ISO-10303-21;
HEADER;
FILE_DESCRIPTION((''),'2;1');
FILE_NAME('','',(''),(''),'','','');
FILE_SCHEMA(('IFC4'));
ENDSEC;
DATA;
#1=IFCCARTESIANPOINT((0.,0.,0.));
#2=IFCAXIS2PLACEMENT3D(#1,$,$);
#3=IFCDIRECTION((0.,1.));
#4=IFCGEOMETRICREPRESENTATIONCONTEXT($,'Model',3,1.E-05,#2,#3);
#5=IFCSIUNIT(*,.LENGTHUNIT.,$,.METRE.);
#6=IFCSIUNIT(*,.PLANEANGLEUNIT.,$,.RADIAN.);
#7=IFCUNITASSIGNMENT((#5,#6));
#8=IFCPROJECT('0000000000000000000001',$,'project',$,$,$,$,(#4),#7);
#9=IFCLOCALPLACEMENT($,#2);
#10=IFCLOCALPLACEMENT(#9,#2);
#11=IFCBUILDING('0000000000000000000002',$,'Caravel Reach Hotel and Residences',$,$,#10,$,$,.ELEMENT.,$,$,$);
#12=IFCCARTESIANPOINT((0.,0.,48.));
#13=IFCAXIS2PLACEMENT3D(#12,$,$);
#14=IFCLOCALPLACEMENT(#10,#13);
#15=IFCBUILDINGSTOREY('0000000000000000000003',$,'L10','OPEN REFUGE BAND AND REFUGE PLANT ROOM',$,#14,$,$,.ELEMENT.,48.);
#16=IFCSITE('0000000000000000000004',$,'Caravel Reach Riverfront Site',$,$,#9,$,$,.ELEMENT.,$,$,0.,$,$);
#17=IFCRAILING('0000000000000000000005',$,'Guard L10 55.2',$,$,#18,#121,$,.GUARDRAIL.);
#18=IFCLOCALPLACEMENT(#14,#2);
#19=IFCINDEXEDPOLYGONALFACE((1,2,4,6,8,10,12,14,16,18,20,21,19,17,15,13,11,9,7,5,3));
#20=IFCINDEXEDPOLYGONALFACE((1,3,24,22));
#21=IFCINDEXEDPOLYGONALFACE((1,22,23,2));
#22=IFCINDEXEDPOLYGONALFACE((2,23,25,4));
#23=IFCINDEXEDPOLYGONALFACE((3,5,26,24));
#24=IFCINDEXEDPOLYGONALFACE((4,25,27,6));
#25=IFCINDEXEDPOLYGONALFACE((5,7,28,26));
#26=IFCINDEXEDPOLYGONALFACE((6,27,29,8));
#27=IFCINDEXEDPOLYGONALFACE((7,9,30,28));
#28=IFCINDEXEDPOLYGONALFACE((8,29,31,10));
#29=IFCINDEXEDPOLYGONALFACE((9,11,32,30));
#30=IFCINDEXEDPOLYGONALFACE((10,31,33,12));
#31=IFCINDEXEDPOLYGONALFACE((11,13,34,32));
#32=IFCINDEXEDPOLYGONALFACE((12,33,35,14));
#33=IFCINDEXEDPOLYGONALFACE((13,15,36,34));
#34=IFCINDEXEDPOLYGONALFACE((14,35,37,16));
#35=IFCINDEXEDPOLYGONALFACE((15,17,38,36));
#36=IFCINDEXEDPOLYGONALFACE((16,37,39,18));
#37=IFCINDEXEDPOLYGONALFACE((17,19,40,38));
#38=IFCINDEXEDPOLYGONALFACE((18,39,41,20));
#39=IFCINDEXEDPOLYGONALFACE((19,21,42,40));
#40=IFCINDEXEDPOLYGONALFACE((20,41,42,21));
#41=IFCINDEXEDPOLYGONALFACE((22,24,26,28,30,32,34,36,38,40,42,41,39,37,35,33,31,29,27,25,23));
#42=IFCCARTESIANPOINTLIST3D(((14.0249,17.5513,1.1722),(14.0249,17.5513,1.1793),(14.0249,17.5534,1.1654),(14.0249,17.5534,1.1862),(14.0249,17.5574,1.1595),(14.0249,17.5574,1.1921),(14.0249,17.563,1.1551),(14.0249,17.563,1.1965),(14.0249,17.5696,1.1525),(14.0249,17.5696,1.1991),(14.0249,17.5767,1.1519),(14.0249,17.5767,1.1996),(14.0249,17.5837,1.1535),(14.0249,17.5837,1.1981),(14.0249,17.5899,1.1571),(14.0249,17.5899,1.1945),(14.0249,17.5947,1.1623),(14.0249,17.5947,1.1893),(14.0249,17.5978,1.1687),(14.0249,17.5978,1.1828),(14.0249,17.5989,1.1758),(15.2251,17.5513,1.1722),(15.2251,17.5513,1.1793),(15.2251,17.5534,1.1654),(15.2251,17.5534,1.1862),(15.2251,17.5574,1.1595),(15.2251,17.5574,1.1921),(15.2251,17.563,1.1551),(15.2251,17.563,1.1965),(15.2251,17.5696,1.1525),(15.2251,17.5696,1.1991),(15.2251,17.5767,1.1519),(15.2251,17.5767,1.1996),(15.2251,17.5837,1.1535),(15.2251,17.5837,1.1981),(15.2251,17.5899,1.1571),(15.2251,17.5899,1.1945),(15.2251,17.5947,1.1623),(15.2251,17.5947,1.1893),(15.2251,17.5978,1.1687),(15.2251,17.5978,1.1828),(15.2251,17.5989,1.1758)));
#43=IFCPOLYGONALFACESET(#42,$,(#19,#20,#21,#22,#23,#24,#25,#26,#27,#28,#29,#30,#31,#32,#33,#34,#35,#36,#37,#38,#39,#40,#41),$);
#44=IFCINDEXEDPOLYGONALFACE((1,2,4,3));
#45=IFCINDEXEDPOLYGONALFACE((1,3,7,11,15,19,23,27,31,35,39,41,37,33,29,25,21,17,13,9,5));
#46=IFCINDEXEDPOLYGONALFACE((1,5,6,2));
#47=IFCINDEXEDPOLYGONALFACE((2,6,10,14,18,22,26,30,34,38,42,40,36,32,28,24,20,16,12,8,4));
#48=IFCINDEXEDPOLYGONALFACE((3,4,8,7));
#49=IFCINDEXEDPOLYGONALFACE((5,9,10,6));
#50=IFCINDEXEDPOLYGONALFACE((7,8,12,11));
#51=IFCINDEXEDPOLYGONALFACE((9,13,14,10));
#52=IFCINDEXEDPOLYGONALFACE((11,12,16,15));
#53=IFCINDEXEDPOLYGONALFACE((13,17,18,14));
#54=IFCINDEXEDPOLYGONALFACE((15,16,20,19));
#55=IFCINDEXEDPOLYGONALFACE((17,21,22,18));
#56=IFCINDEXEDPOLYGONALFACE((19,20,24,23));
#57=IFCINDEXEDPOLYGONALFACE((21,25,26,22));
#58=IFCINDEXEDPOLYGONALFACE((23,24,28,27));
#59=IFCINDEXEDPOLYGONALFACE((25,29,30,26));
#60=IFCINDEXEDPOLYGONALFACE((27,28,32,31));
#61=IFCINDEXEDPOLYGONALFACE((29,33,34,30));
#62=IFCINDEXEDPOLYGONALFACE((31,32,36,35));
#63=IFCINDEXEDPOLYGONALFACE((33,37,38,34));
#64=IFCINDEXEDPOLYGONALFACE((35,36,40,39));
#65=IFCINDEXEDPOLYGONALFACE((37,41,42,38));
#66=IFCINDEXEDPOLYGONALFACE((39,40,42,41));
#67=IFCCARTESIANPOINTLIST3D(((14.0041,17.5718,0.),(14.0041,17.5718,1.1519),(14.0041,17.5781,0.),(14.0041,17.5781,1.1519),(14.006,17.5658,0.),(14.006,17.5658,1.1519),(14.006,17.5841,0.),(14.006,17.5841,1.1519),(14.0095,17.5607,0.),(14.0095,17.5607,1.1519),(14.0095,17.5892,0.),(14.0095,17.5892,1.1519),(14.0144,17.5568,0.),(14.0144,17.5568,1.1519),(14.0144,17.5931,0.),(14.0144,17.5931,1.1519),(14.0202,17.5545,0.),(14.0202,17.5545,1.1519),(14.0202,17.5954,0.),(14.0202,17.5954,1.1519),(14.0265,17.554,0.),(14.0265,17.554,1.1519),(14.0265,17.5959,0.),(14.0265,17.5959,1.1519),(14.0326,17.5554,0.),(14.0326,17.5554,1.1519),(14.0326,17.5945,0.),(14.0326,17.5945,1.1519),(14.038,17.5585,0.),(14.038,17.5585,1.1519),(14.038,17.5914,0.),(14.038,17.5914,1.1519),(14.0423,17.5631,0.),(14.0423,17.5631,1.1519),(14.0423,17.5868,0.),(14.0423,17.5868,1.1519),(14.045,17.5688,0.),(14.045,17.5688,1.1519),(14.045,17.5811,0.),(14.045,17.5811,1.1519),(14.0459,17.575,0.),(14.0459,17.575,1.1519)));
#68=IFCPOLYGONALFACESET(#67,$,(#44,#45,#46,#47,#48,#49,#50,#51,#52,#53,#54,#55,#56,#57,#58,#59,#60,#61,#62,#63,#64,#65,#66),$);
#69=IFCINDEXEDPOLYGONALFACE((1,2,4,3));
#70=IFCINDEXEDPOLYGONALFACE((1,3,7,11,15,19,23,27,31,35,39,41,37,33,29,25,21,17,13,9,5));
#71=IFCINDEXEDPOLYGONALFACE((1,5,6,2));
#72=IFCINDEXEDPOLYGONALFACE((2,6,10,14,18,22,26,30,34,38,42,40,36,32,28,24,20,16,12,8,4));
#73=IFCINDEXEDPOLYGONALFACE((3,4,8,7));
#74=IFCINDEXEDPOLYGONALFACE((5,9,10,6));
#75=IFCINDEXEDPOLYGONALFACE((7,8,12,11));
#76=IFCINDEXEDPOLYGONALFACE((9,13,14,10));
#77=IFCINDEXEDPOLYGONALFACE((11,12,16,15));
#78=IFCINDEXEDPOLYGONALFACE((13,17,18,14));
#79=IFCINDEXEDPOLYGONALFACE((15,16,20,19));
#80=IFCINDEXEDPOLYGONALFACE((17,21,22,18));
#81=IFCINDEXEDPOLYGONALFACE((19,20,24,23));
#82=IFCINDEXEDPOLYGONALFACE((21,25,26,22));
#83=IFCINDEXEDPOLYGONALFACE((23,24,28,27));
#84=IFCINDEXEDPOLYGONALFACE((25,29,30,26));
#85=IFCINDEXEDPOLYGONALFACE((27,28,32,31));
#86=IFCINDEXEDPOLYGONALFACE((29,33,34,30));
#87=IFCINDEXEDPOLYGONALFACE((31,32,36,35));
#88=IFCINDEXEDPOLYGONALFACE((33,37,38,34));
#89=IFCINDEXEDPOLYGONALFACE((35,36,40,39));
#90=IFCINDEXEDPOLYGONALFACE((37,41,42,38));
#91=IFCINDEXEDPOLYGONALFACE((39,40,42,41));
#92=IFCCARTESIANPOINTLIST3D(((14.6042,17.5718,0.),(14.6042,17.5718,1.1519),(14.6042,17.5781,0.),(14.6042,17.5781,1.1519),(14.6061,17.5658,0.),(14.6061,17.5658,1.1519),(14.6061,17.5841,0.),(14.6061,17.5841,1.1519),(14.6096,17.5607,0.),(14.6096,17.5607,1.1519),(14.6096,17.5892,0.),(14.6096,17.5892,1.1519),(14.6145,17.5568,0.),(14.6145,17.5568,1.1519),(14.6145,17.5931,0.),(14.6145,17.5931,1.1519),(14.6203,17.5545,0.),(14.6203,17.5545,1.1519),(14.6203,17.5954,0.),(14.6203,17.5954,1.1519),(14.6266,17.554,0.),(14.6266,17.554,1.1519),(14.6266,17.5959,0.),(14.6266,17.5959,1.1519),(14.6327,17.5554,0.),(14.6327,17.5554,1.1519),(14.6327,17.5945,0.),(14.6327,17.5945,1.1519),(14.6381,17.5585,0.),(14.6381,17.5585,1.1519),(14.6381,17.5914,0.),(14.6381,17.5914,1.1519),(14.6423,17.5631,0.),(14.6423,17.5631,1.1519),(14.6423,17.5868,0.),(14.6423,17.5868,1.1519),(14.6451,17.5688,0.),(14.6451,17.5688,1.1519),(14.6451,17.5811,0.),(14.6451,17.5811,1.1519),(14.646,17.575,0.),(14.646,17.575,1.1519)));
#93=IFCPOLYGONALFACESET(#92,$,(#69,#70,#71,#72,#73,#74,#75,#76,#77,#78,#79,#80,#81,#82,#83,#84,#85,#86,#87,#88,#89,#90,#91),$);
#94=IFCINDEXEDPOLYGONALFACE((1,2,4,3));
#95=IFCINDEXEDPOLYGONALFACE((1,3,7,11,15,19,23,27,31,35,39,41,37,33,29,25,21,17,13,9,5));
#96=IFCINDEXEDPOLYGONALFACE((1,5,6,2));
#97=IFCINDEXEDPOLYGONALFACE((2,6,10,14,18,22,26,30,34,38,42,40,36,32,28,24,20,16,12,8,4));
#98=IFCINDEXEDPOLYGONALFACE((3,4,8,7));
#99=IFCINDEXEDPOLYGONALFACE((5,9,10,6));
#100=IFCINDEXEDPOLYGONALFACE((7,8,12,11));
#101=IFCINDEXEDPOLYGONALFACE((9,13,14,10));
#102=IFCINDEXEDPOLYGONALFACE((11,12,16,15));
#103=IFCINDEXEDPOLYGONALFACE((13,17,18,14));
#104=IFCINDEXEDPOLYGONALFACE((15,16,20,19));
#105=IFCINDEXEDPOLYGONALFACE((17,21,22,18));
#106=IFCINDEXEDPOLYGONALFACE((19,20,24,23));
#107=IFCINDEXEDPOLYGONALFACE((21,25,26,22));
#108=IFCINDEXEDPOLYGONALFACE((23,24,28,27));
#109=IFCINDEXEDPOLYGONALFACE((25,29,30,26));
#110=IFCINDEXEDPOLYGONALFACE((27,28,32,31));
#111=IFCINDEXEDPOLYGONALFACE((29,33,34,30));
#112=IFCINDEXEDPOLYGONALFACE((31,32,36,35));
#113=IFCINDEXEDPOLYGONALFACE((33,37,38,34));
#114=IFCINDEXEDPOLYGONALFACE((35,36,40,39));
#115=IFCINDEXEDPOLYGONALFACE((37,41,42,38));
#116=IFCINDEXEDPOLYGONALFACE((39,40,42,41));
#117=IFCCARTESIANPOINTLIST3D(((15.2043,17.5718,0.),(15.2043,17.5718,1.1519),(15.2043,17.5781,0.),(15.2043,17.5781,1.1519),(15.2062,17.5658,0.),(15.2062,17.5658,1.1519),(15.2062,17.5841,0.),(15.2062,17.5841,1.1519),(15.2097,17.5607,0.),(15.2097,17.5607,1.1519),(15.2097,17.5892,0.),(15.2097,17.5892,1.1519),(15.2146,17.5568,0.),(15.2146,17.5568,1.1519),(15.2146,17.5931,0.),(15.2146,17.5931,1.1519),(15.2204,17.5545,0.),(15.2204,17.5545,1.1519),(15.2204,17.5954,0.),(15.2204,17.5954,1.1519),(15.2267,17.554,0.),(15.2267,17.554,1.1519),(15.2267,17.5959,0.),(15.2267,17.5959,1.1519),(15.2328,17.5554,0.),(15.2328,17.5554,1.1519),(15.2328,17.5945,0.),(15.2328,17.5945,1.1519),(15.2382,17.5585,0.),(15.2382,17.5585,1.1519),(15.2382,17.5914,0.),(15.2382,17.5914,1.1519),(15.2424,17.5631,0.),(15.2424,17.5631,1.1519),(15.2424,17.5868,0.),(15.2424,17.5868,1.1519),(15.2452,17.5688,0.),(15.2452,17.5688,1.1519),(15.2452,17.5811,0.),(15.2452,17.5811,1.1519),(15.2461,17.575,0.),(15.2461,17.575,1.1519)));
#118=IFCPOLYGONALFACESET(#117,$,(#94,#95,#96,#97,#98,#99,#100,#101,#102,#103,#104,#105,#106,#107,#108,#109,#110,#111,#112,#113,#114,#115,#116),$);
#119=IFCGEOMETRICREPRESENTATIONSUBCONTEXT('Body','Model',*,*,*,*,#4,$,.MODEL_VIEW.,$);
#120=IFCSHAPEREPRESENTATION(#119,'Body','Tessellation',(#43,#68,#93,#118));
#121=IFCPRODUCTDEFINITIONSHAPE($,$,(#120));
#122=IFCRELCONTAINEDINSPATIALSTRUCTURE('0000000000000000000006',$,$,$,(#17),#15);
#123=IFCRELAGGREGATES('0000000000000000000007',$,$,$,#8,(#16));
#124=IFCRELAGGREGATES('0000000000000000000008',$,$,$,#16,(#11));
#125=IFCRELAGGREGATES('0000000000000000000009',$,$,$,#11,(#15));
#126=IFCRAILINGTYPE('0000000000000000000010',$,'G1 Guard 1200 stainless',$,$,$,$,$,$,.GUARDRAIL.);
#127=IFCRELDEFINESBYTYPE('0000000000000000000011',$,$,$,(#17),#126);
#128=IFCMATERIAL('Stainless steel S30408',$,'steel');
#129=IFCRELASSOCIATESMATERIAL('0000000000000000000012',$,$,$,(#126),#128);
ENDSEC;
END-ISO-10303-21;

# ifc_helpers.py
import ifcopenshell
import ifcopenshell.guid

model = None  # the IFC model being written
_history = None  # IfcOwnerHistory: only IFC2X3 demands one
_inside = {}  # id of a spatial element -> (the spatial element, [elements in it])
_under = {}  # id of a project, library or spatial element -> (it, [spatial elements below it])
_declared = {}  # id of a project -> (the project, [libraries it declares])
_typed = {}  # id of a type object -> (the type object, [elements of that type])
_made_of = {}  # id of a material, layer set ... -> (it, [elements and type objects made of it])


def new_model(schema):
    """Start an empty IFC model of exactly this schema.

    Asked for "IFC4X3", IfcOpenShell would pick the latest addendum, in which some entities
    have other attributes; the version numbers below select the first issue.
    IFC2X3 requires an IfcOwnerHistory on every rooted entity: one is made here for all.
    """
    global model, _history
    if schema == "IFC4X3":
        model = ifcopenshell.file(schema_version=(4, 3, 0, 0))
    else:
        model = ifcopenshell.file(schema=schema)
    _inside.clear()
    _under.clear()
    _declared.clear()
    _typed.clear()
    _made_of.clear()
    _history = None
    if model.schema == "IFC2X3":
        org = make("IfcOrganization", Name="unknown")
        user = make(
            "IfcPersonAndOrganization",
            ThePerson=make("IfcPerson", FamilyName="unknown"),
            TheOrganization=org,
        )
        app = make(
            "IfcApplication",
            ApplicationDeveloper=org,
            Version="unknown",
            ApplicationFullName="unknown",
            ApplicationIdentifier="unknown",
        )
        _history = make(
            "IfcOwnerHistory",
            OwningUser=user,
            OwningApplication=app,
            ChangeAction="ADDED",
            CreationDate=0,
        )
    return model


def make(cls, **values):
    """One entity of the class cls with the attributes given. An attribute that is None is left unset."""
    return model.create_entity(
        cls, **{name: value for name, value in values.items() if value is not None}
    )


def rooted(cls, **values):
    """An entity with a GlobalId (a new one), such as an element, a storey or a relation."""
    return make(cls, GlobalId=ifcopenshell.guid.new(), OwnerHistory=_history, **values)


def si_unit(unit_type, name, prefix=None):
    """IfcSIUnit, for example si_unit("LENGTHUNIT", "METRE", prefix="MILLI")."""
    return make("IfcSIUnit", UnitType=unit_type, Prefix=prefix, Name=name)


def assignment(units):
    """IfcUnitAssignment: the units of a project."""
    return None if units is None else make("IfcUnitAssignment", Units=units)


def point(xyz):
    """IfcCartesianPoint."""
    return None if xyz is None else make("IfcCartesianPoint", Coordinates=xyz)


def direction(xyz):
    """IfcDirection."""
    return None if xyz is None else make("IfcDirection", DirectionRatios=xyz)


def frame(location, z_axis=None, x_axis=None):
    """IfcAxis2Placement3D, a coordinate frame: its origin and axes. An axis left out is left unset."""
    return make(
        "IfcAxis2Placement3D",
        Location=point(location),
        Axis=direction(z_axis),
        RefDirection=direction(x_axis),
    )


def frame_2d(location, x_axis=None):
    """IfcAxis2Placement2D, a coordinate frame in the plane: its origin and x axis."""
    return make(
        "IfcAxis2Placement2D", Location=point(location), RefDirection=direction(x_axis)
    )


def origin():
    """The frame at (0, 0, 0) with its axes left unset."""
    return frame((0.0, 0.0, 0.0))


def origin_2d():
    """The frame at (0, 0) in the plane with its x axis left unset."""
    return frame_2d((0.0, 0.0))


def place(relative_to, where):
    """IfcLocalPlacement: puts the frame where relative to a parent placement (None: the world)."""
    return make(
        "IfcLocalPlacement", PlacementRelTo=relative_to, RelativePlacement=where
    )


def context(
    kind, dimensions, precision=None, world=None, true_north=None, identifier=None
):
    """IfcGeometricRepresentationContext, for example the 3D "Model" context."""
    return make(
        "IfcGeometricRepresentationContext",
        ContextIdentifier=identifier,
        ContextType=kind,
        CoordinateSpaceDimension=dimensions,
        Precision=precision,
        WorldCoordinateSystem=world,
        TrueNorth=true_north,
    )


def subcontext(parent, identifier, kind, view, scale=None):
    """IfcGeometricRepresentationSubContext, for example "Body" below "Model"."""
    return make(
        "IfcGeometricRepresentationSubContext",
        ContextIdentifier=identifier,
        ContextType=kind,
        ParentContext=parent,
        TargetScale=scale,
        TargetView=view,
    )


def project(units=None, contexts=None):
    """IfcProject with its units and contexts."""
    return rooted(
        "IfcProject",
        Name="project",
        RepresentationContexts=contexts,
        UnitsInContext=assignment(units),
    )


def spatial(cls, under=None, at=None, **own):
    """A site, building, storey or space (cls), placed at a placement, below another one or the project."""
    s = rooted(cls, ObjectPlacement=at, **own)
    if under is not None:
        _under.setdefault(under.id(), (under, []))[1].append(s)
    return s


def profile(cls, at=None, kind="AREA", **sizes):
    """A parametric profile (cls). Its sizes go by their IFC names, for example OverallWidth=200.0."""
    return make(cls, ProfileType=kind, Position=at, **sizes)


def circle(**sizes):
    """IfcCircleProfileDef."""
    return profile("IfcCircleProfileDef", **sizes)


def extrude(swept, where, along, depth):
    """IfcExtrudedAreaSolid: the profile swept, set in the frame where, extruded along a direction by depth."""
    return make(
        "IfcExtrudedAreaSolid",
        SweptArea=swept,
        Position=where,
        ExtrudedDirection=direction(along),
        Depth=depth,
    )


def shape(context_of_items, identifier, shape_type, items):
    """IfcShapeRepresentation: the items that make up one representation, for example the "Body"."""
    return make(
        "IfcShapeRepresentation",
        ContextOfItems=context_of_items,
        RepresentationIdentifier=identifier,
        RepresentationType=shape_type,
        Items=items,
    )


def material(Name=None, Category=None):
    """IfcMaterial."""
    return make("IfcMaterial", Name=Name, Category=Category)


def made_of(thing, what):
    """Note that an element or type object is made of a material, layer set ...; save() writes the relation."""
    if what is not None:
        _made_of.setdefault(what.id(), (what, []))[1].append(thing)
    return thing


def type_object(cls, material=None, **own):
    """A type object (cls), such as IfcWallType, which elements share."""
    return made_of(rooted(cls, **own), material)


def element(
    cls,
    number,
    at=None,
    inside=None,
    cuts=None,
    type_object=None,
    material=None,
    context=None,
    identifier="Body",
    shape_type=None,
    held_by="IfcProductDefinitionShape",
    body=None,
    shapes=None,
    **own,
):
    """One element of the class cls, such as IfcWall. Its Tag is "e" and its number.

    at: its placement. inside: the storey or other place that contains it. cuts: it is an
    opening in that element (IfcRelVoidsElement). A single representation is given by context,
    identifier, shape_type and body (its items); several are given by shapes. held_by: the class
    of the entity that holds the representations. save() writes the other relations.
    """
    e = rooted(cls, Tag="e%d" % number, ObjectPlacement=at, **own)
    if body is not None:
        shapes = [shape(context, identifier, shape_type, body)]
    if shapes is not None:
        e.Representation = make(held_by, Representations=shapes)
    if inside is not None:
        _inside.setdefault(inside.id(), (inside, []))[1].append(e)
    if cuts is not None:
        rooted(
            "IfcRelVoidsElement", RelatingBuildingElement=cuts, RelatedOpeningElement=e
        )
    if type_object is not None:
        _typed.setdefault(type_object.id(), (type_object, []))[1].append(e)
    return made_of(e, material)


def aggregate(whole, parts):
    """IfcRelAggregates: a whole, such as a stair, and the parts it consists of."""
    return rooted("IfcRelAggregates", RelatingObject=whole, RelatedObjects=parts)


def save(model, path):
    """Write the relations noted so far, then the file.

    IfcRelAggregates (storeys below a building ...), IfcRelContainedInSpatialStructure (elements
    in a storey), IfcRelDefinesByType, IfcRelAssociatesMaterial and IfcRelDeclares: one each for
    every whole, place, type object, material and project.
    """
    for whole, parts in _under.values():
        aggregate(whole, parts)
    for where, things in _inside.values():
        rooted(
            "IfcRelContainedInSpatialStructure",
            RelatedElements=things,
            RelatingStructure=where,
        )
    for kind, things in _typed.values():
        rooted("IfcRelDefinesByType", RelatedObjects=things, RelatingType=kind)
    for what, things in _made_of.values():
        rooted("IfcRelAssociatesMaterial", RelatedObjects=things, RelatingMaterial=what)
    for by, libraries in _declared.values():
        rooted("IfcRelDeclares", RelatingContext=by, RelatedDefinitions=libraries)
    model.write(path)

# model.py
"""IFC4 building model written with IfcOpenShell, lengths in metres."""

from ifc_helpers import new_model, si_unit, direction, frame, origin, origin_2d, place, context, subcontext, project, spatial, circle, extrude, material, type_object, element, save


model = new_model("IFC4")

# Units and contexts
model_context = context("Model", 3, precision=1e-05, world=origin(), true_north=direction((0.0, 1.0)))
body_context = subcontext(model_context, "Body", "Model", "MODEL_VIEW")
ifc_project = project(units=[si_unit("LENGTHUNIT", "METRE"), si_unit("PLANEANGLEUNIT", "RADIAN")], contexts=[model_context])

# Site, building, storey
site_placement = place(None, origin())
site = spatial("IfcSite", under=ifc_project, at=site_placement, Name="Caravel Reach Riverfront Site", CompositionType="ELEMENT", RefElevation=0.0)
building_placement = place(site_placement, origin())
building = spatial("IfcBuilding", under=site, at=building_placement, Name="Caravel Reach Hotel and Residences", CompositionType="ELEMENT")
storey_placement = place(building_placement, frame((0.0, 0.0, 48.0)))
storey = spatial("IfcBuildingStorey", under=building, at=storey_placement, Name="L10", Description="OPEN REFUGE BAND AND REFUGE PLANT ROOM", CompositionType="ELEMENT", Elevation=48.0)

# Railing
ifc_material_1 = material(Name="Stainless steel S30408", Category="steel")
railing_type = type_object("IfcRailingType", Name="G1 Guard 1200 stainless", PredefinedType="GUARDRAIL", material=ifc_material_1)
railing_1_placement = place(storey_placement, frame((14.0249, 17.575, 0.0)))
element("IfcRailing", 1, at=railing_1_placement, inside=storey, type_object=railing_type, Name="Guard L10 55.2", PredefinedType="GUARDRAIL", context=body_context, shape_type="SweptSolid", body=[
    extrude(circle(Radius=0.0239, at=origin_2d()), frame((0.0, 0.0, 1.1758), z_axis=(1.0, 0.0, 0.0), x_axis=(0.0, 1.0, 0.0)), (0.0, 0.0, 1.0), 1.2002),
    extrude(circle(Radius=0.021, at=origin_2d()), origin(), (0.0, 0.0, 1.0), 1.1519),
    extrude(circle(Radius=0.021, at=origin_2d()), frame((0.6001, 0.0, 0.0)), (0.0, 0.0, 1.0), 1.1519),
    extrude(circle(Radius=0.021, at=origin_2d()), frame((1.2002, 0.0, 0.0)), (0.0, 0.0, 1.0), 1.1519),
])

save(model, "model.ifc")
